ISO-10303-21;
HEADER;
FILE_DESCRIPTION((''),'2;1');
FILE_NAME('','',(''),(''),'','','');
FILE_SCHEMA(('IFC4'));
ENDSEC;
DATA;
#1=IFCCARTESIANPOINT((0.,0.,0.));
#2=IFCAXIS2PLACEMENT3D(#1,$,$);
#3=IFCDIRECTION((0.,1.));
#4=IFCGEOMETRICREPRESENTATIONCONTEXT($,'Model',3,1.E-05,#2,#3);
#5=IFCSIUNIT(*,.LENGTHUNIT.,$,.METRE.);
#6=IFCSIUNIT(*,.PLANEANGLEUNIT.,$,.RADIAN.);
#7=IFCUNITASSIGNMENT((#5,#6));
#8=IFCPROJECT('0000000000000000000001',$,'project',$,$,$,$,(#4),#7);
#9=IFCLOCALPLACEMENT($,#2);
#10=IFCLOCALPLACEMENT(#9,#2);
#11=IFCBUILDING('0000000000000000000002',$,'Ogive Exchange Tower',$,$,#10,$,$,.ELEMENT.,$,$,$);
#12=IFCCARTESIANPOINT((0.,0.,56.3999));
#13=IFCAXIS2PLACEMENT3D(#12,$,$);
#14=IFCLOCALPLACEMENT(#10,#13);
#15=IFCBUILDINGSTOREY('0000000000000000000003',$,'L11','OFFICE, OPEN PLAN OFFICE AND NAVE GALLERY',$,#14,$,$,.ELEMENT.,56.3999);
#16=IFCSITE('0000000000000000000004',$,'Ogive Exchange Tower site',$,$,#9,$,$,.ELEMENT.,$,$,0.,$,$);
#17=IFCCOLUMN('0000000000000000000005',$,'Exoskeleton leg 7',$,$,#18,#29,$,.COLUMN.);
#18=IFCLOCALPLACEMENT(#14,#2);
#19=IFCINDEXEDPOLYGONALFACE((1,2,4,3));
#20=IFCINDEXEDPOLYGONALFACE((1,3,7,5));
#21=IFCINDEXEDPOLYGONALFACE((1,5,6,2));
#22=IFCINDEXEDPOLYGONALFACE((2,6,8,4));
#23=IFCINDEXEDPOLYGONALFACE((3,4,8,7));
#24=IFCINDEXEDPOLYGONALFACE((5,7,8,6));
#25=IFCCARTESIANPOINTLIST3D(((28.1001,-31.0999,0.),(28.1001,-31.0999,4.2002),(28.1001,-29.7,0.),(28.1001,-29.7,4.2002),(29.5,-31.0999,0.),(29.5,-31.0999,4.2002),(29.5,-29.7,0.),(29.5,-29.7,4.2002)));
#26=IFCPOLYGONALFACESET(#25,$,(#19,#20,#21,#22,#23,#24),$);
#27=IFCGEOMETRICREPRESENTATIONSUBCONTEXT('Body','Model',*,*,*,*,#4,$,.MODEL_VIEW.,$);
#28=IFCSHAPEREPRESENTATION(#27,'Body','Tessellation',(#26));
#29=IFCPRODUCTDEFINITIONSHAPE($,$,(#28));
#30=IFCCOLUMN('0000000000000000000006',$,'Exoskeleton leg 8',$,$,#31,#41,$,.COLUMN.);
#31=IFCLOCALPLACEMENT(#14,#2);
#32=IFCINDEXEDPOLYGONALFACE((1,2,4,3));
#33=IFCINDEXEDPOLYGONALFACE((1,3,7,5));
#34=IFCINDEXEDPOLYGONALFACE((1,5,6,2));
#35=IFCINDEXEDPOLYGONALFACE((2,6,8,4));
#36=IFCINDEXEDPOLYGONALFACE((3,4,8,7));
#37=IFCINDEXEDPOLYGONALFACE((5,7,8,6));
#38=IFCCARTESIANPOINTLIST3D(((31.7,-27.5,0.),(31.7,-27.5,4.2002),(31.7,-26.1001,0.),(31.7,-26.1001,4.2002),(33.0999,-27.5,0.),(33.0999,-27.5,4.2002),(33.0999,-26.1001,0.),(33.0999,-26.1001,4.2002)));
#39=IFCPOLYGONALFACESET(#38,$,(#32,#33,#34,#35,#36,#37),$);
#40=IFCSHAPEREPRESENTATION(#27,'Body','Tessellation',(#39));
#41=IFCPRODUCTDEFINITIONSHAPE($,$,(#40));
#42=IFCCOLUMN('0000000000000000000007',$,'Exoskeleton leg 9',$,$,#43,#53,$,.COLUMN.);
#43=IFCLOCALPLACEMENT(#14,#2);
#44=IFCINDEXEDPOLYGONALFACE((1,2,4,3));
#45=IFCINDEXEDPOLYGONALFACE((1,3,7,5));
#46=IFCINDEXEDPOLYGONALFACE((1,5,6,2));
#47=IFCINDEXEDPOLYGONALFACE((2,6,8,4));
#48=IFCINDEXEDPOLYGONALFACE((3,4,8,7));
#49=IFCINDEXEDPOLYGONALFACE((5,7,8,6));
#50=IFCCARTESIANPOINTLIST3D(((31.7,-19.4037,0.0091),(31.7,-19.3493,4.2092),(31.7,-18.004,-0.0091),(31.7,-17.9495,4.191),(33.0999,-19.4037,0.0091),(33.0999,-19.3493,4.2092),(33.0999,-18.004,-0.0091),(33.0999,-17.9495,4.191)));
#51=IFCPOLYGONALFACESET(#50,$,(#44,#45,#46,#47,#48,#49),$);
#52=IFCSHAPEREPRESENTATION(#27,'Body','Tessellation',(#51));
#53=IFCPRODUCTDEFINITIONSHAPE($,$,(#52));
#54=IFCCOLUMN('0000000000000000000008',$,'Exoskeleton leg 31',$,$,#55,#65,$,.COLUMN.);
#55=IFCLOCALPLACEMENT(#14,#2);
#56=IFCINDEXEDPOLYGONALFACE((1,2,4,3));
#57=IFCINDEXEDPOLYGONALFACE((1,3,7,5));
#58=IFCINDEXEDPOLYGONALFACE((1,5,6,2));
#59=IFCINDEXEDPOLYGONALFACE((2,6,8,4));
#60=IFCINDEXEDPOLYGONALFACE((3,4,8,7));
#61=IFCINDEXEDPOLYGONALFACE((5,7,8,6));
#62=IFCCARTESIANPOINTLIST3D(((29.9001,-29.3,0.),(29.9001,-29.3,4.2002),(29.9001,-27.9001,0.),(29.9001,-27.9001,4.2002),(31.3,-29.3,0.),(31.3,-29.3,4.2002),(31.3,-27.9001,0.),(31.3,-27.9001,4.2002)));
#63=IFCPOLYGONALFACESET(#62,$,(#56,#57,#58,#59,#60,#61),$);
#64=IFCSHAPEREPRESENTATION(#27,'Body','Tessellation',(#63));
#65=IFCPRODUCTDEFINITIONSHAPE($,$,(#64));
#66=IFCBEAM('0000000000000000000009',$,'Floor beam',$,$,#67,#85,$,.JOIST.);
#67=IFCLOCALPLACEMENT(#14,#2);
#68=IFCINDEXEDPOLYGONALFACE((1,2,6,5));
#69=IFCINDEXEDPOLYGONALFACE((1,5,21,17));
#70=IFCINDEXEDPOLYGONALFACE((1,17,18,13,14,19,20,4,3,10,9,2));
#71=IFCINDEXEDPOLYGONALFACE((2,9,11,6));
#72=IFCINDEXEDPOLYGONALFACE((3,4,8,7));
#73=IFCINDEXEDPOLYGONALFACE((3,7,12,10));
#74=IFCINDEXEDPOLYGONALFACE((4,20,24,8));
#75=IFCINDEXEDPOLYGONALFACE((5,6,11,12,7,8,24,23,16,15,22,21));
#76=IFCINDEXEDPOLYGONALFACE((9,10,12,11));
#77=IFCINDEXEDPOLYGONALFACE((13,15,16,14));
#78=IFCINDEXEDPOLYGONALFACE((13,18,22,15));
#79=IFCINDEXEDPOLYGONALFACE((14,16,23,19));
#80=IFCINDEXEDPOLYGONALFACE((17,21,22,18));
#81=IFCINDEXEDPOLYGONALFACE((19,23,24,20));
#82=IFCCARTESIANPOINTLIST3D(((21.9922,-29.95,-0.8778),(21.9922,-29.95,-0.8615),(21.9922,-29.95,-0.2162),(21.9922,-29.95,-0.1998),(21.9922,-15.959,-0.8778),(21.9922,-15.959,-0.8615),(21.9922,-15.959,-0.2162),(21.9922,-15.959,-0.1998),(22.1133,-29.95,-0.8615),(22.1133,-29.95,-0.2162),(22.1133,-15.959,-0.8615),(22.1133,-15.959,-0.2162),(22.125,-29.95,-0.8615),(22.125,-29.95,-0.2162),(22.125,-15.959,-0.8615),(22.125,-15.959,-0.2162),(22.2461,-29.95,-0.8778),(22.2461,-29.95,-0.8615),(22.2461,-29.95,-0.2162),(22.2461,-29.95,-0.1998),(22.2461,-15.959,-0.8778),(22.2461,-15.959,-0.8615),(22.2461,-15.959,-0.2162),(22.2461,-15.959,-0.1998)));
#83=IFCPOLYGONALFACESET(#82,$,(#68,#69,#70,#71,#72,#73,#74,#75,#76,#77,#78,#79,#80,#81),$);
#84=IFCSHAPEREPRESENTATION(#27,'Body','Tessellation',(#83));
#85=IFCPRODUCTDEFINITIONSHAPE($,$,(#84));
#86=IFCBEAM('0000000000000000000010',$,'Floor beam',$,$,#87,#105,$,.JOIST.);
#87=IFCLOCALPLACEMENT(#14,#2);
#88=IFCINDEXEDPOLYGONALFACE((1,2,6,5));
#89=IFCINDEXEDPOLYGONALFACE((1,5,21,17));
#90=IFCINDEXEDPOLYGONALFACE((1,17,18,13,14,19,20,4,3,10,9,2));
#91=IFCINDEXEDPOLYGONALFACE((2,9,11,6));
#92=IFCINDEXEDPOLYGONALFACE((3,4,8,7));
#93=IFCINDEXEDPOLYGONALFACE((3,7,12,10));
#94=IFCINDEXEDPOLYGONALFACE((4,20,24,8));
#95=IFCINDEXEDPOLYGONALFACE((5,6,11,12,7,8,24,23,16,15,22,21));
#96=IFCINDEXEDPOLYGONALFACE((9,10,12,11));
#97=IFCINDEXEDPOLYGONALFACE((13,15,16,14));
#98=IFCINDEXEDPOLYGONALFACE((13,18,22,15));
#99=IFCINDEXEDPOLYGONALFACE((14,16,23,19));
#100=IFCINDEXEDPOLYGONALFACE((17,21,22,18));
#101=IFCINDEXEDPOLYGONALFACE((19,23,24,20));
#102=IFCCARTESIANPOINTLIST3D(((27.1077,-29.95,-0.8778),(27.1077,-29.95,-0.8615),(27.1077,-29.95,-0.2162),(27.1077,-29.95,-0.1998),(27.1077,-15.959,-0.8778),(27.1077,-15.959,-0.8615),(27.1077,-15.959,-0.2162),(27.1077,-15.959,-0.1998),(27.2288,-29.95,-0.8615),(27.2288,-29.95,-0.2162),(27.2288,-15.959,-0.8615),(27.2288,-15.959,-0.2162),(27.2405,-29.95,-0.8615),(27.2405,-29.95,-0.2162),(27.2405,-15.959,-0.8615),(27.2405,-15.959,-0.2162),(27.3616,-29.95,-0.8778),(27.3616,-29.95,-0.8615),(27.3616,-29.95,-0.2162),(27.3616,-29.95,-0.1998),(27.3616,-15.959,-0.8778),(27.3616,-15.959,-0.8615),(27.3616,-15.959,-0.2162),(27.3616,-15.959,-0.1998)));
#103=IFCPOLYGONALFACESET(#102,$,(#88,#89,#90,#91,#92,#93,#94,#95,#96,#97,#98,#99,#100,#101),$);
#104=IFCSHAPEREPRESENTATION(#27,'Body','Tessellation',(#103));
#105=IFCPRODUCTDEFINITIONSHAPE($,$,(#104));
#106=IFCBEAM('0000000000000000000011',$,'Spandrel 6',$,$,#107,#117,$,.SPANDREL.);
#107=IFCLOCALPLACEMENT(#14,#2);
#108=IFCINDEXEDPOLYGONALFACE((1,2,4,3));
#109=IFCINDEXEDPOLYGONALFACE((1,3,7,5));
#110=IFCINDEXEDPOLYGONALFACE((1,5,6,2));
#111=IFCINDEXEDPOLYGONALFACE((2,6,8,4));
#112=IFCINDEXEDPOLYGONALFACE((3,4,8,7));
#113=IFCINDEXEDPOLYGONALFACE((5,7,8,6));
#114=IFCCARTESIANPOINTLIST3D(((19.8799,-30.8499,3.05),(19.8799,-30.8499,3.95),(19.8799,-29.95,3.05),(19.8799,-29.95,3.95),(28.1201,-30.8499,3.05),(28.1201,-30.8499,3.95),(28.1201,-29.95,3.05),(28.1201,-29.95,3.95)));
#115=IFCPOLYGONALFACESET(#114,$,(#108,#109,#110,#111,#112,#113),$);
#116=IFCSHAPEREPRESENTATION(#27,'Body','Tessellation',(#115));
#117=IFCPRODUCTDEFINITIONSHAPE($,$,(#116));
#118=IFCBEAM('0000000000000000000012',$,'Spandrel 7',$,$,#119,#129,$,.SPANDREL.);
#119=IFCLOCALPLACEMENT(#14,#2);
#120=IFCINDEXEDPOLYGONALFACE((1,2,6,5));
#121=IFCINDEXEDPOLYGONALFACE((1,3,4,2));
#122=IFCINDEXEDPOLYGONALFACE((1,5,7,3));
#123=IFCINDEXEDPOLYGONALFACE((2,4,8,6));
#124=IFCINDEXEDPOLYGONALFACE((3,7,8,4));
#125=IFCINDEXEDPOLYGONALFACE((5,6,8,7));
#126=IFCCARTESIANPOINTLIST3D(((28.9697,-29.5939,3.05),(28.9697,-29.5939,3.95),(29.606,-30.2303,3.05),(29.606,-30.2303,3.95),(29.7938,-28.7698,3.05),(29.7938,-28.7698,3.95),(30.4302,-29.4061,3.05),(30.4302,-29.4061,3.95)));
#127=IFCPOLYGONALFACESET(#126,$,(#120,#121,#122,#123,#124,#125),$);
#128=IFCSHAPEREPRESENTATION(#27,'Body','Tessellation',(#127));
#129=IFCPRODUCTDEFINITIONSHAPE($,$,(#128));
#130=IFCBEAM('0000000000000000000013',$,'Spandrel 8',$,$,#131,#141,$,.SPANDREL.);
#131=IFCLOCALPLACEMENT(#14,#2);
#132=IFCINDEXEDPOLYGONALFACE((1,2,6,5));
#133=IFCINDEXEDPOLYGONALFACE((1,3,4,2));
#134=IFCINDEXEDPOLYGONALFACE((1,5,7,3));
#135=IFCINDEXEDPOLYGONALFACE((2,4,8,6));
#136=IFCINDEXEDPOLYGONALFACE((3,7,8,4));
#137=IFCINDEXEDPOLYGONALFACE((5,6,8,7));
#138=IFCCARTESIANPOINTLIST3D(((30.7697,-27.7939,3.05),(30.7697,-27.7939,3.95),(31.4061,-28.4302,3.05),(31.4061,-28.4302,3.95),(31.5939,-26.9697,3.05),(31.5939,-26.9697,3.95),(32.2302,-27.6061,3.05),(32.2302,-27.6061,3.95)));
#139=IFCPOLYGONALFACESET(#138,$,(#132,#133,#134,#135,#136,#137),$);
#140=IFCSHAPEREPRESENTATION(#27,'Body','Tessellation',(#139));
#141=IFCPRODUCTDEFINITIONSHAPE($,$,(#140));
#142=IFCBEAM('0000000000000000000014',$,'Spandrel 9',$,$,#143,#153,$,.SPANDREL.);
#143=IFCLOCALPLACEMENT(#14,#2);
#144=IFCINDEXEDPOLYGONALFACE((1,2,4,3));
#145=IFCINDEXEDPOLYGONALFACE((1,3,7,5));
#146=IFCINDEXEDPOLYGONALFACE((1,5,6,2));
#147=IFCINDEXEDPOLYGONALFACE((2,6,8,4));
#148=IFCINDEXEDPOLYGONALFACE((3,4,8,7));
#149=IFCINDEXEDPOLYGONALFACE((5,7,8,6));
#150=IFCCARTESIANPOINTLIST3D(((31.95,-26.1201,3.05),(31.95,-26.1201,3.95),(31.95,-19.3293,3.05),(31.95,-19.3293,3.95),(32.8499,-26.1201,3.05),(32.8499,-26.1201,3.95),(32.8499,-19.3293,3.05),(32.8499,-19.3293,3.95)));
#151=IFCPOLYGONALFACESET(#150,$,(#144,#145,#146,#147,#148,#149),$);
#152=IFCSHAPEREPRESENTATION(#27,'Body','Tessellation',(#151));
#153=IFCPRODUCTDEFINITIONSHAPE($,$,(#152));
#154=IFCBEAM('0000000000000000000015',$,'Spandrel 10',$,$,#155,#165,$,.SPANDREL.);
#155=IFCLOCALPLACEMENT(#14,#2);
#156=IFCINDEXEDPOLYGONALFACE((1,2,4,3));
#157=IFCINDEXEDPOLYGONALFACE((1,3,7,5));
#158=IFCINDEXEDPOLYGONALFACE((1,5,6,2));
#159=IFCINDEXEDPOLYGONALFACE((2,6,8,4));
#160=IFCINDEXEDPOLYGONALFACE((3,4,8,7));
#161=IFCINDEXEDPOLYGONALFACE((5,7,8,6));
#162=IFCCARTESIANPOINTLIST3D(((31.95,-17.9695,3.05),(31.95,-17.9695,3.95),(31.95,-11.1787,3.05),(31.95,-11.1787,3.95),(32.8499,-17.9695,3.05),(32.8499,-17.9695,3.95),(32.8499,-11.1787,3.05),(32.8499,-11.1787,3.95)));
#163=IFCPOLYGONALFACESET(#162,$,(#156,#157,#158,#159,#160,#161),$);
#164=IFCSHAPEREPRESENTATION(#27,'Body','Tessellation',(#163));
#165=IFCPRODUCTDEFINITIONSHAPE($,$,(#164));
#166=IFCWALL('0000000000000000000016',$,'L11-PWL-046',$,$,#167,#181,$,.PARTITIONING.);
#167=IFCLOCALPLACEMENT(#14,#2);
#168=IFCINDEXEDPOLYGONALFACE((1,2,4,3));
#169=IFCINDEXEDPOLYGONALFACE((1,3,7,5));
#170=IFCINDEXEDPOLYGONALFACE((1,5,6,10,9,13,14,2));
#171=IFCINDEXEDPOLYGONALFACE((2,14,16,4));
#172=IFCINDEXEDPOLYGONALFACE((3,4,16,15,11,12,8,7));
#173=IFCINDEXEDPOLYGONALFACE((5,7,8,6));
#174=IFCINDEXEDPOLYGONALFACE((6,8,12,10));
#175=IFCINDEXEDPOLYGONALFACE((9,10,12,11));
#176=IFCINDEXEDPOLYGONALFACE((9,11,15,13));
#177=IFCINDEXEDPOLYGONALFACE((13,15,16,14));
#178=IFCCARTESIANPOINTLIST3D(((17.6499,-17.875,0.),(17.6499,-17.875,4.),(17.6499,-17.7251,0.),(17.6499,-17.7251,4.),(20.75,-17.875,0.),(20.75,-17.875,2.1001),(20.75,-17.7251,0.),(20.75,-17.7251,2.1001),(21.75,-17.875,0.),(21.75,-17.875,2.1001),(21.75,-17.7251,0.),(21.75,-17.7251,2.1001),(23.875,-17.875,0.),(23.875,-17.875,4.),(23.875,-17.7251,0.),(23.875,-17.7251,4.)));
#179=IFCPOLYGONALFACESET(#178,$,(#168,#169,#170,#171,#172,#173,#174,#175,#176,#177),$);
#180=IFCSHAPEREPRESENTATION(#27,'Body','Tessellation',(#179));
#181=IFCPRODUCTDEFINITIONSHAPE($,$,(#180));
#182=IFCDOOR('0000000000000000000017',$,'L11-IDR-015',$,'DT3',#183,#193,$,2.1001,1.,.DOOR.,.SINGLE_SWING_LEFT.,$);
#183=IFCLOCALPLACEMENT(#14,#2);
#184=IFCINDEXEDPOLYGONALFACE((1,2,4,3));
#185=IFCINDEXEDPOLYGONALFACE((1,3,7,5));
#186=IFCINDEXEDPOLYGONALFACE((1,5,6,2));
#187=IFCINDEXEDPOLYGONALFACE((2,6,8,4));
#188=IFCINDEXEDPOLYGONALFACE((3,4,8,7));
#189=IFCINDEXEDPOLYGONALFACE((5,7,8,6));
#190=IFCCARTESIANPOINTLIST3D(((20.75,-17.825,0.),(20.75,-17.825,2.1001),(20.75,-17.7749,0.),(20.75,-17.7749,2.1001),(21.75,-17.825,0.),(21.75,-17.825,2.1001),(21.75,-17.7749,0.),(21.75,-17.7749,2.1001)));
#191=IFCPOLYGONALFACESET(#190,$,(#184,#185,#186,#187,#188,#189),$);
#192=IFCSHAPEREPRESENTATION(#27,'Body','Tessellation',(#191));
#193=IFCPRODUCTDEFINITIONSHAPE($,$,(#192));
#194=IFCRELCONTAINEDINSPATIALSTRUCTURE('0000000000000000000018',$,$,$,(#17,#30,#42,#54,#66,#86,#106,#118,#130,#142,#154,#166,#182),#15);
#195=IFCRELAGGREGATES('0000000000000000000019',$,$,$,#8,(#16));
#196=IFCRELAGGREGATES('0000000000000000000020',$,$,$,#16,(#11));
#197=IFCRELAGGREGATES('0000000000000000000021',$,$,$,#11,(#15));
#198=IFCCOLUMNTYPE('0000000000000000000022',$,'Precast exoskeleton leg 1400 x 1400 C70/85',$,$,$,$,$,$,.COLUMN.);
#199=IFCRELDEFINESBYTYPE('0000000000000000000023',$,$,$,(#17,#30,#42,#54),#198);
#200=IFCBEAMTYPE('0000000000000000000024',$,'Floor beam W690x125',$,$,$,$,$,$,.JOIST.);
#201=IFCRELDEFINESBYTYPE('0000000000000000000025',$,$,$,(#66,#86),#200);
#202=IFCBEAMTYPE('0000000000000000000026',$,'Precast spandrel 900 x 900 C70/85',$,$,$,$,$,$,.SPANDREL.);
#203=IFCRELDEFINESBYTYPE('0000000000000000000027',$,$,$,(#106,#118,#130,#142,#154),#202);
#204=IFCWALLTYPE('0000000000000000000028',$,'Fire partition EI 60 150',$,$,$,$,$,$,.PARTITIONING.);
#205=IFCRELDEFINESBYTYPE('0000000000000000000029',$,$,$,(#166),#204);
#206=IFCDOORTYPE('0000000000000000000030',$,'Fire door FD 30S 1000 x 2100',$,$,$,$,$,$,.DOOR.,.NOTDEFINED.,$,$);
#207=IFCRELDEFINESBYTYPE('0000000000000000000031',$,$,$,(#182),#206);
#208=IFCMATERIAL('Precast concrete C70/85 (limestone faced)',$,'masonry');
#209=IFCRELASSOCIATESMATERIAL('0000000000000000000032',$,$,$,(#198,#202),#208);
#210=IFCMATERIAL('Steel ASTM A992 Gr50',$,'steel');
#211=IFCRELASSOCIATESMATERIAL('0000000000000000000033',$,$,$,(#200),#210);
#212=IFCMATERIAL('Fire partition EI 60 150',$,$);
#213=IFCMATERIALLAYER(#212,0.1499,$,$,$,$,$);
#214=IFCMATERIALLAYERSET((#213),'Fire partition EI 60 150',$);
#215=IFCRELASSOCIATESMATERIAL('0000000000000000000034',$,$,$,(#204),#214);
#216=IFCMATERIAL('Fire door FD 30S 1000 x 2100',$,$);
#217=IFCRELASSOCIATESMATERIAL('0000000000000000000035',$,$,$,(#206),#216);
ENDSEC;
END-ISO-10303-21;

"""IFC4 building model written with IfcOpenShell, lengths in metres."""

from ifc_helpers import new_model, si_unit, direction, frame, frame_2d, origin, origin_2d, place, context, subcontext, project, spatial, rectangle, i_section, extrude, material, layer, layer_set, material_profile, profile_set, type_object, element, fill, save


model = new_model("IFC4")

# Units and contexts
model_context = context("Model", 3, precision=1e-05, world=origin(), true_north=direction((0.0, 1.0)))
body_context = subcontext(model_context, "Body", "Model", "MODEL_VIEW")
ifc_project = project(units=[si_unit("LENGTHUNIT", "METRE"), si_unit("PLANEANGLEUNIT", "RADIAN")], contexts=[model_context])

# Site, building, storey
site_placement = place(None, origin())
site = spatial("IfcSite", under=ifc_project, at=site_placement, Name="Ogive Exchange Tower site", CompositionType="ELEMENT", RefElevation=0.0)
building_placement = place(site_placement, origin())
building = spatial("IfcBuilding", under=site, at=building_placement, Name="Ogive Exchange Tower", CompositionType="ELEMENT")
storey_placement = place(building_placement, frame((0.0, 0.0, 56.3999)))
storey = spatial("IfcBuildingStorey", under=building, at=storey_placement, Name="L11", Description="OFFICE, OPEN PLAN OFFICE AND NAVE GALLERY", CompositionType="ELEMENT", Elevation=56.3999)

# Columns
ifc_material_1 = material(Name="Precast concrete C70/85 (limestone faced)", Category="masonry")
ifc_material_profile_1 = material_profile(ifc_material_1, rectangle(XDim=1.3999, YDim=1.3999, at=origin_2d()), Name="1400 x 1400")
ifc_profile_set_1 = profile_set([ifc_material_profile_1], Name="Precast concrete C70/85 (limestone faced)")
column_type = type_object("IfcColumnType", Name="Precast exoskeleton leg 1400 x 1400 C70/85", PredefinedType="COLUMN", material=ifc_profile_set_1)
for number, where, z_axis, x_axis, name in (
    (1, (28.8, -30.3999, 0.0), (0.0, 0.0, 1.0), (1.0, 0.0, 0.0), "Exoskeleton leg 7"),
    (2, (32.3999, -26.8, 0.0), (0.0, 0.0, 1.0), (1.0, 0.0, 0.0), "Exoskeleton leg 8"),
):
    element("IfcColumn", number, at=place(storey_placement, frame(where, z_axis=z_axis, x_axis=x_axis)), inside=storey, type_object=column_type, Name=name, PredefinedType="COLUMN", context=body_context, shape_type="SweptSolid", body=[
        extrude(rectangle(XDim=1.3999, YDim=1.3999, at=origin_2d()), origin(), (0.0, 0.0, 1.0), 4.2002),
    ])
column_1_placement = place(storey_placement, frame((32.3999, -18.7039, 0.0), z_axis=(0.0, 0.012961, 0.999916), x_axis=(-1.0, 0.0, 0.0)))
element("IfcColumn", 3, at=column_1_placement, inside=storey, type_object=column_type, Name="Exoskeleton leg 9", PredefinedType="COLUMN", context=body_context, shape_type="SweptSolid", body=[
    extrude(rectangle(XDim=1.3999, YDim=1.3999, at=origin_2d()), origin(), (0.0, 0.0, 1.0), 4.2004),
])
column_2_placement = place(storey_placement, frame((30.6001, -28.6001, 0.0), z_axis=(0.0, 0.0, 1.0), x_axis=(1.0, 0.0, 0.0)))
element("IfcColumn", 4, at=column_2_placement, inside=storey, type_object=column_type, Name="Exoskeleton leg 31", PredefinedType="COLUMN", context=body_context, shape_type="SweptSolid", body=[
    extrude(rectangle(XDim=1.3999, YDim=1.3999, at=origin_2d()), origin(), (0.0, 0.0, 1.0), 4.2002),
])

# Beams
ifc_material_2 = material(Name="Steel ASTM A992 Gr50", Category="steel")
ifc_material_profile_2 = material_profile(ifc_material_2, i_section(OverallWidth=0.2539, OverallDepth=0.678, WebThickness=0.0117, FlangeThickness=0.0164, at=origin_2d()), Name="W690x125")
ifc_profile_set_2 = profile_set([ifc_material_profile_2], Name="Steel ASTM A992 Gr50")
beam_type_1 = type_object("IfcBeamType", Name="Floor beam W690x125", PredefinedType="JOIST", material=ifc_profile_set_2)
for number, where, z_axis, x_axis, name in (
    (5, (22.1191, -29.95, -0.5388), (0.0, 1.0, 0.0), (-1.0, 0.0, 0.0), "Floor beam"),
    (6, (27.2346, -29.95, -0.5388), (0.0, 1.0, 0.0), (-1.0, 0.0, 0.0), "Floor beam"),
):
    element("IfcBeam", number, at=place(storey_placement, frame(where, z_axis=z_axis, x_axis=x_axis)), inside=storey, type_object=beam_type_1, Name=name, PredefinedType="JOIST", context=body_context, shape_type="SweptSolid", body=[
        extrude(i_section(OverallWidth=0.2539, OverallDepth=0.678, WebThickness=0.0117, FlangeThickness=0.0164, at=origin_2d()), origin(), (0.0, 0.0, 1.0), 13.991),
    ])
ifc_material_profile_3 = material_profile(ifc_material_1, rectangle(XDim=0.8999, YDim=0.8999, at=origin_2d()), Name="900 x 900")
ifc_profile_set_3 = profile_set([ifc_material_profile_3], Name="Precast concrete C70/85 (limestone faced)")
beam_type_2 = type_object("IfcBeamType", Name="Precast spandrel 900 x 900 C70/85", PredefinedType="SPANDREL", material=ifc_profile_set_3)
beam_placement = place(storey_placement, frame((19.8799, -30.3999, 3.5), z_axis=(1.0, 0.0, 0.0), x_axis=(0.0, 1.0, 0.0)))
element("IfcBeam", 7, at=beam_placement, inside=storey, type_object=beam_type_2, Name="Spandrel 6", PredefinedType="SPANDREL", context=body_context, shape_type="SweptSolid", body=[
    extrude(rectangle(XDim=0.8999, YDim=0.8999, at=origin_2d()), origin(), (0.0, 0.0, 1.0), 8.2402),
])
for number, where, z_axis, x_axis, name in (
    (8, (29.2878, -29.9121, 3.5), (0.707107, 0.707107, 0.0), (-0.707107, 0.707107, 0.0), "Spandrel 7"),
    (9, (31.0879, -28.1121, 3.5), (0.707107, 0.707107, 0.0), (-0.707107, 0.707107, 0.0), "Spandrel 8"),
):
    element("IfcBeam", number, at=place(storey_placement, frame(where, z_axis=z_axis, x_axis=x_axis)), inside=storey, type_object=beam_type_2, Name=name, PredefinedType="SPANDREL", context=body_context, shape_type="SweptSolid", body=[
        extrude(rectangle(XDim=0.8999, YDim=0.8999, at=origin_2d()), origin(), (0.0, 0.0, 1.0), 1.1655),
    ])
for number, where, z_axis, x_axis, name in (
    (10, (32.3999, -26.1201, 3.5), (0.0, 1.0, 0.0), (-1.0, 0.0, 0.0), "Spandrel 9"),
    (11, (32.3999, -17.9695, 3.5), (0.0, 1.0, 0.0), (-1.0, 0.0, 0.0), "Spandrel 10"),
):
    element("IfcBeam", number, at=place(storey_placement, frame(where, z_axis=z_axis, x_axis=x_axis)), inside=storey, type_object=beam_type_2, Name=name, PredefinedType="SPANDREL", context=body_context, shape_type="SweptSolid", body=[
        extrude(rectangle(XDim=0.8999, YDim=0.8999, at=origin_2d()), origin(), (0.0, 0.0, 1.0), 6.7908),
    ])

# Wall, opening, door
ifc_material_3 = material(Name="Fire partition EI 60 150")
ifc_layer_1 = layer(ifc_material_3, 0.1499)
ifc_layer_set_1 = layer_set([ifc_layer_1], Name="Fire partition EI 60 150")
wall_type_1 = type_object("IfcWallType", Name="Fire partition EI 60 150", PredefinedType="PARTITIONING", material=ifc_layer_set_1)
wall_1_placement = place(storey_placement, frame((23.875, -17.8, 0.0), z_axis=(0.0, 0.0, 1.0), x_axis=(-1.0, 0.0, 0.0)))
wall_1 = element("IfcWall", 12, at=wall_1_placement, inside=storey, type_object=wall_type_1, Name="L11-PWL-046", PredefinedType="PARTITIONING", context=body_context, shape_type="SweptSolid", body=[
    extrude(rectangle(XDim=6.2251, YDim=0.1499, at=frame_2d((3.1125, 0.0))), origin(), (0.0, 0.0, 1.0), 4.0),
])
opening_1_placement = place(wall_1_placement, frame((2.125, 0.0, 0.0)))
opening_1 = element("IfcOpeningElement", 13, at=opening_1_placement, cuts=wall_1, PredefinedType="OPENING", context=body_context, shape_type="SweptSolid", body=[
    extrude(rectangle(XDim=1.0, YDim=2.1001, at=frame_2d((0.5, 1.05))), frame((0.0, 0.085, 0.0), z_axis=(0.0, -1.0, 0.0), x_axis=(1.0, 0.0, 0.0)), (0.0, 0.0, 1.0), 0.1699),
])
ifc_material_4 = material(Name="Fire door FD 30S 1000 x 2100")
door_type_1 = type_object("IfcDoorType", Name="Fire door FD 30S 1000 x 2100", OperationType="NOTDEFINED", PredefinedType="DOOR", material=ifc_material_4)
door_1_placement = place(opening_1_placement, origin())
door_1 = element("IfcDoor", 14, at=door_1_placement, inside=storey, type_object=door_type_1, Name="L11-IDR-015", ObjectType="DT3", OperationType="SINGLE_SWING_LEFT", OverallHeight=2.1001, OverallWidth=1.0, PredefinedType="DOOR", context=body_context, shape_type="SweptSolid", body=[
    extrude(rectangle(XDim=1.0, YDim=2.1001, at=frame_2d((0.5, 1.05))), frame((0.0, 0.0249, 0.0), z_axis=(0.0, -1.0, 0.0), x_axis=(1.0, 0.0, 0.0)), (0.0, 0.0, 1.0), 0.05),
])
fill(opening_1, door_1)

save(model, "model.ifc")
